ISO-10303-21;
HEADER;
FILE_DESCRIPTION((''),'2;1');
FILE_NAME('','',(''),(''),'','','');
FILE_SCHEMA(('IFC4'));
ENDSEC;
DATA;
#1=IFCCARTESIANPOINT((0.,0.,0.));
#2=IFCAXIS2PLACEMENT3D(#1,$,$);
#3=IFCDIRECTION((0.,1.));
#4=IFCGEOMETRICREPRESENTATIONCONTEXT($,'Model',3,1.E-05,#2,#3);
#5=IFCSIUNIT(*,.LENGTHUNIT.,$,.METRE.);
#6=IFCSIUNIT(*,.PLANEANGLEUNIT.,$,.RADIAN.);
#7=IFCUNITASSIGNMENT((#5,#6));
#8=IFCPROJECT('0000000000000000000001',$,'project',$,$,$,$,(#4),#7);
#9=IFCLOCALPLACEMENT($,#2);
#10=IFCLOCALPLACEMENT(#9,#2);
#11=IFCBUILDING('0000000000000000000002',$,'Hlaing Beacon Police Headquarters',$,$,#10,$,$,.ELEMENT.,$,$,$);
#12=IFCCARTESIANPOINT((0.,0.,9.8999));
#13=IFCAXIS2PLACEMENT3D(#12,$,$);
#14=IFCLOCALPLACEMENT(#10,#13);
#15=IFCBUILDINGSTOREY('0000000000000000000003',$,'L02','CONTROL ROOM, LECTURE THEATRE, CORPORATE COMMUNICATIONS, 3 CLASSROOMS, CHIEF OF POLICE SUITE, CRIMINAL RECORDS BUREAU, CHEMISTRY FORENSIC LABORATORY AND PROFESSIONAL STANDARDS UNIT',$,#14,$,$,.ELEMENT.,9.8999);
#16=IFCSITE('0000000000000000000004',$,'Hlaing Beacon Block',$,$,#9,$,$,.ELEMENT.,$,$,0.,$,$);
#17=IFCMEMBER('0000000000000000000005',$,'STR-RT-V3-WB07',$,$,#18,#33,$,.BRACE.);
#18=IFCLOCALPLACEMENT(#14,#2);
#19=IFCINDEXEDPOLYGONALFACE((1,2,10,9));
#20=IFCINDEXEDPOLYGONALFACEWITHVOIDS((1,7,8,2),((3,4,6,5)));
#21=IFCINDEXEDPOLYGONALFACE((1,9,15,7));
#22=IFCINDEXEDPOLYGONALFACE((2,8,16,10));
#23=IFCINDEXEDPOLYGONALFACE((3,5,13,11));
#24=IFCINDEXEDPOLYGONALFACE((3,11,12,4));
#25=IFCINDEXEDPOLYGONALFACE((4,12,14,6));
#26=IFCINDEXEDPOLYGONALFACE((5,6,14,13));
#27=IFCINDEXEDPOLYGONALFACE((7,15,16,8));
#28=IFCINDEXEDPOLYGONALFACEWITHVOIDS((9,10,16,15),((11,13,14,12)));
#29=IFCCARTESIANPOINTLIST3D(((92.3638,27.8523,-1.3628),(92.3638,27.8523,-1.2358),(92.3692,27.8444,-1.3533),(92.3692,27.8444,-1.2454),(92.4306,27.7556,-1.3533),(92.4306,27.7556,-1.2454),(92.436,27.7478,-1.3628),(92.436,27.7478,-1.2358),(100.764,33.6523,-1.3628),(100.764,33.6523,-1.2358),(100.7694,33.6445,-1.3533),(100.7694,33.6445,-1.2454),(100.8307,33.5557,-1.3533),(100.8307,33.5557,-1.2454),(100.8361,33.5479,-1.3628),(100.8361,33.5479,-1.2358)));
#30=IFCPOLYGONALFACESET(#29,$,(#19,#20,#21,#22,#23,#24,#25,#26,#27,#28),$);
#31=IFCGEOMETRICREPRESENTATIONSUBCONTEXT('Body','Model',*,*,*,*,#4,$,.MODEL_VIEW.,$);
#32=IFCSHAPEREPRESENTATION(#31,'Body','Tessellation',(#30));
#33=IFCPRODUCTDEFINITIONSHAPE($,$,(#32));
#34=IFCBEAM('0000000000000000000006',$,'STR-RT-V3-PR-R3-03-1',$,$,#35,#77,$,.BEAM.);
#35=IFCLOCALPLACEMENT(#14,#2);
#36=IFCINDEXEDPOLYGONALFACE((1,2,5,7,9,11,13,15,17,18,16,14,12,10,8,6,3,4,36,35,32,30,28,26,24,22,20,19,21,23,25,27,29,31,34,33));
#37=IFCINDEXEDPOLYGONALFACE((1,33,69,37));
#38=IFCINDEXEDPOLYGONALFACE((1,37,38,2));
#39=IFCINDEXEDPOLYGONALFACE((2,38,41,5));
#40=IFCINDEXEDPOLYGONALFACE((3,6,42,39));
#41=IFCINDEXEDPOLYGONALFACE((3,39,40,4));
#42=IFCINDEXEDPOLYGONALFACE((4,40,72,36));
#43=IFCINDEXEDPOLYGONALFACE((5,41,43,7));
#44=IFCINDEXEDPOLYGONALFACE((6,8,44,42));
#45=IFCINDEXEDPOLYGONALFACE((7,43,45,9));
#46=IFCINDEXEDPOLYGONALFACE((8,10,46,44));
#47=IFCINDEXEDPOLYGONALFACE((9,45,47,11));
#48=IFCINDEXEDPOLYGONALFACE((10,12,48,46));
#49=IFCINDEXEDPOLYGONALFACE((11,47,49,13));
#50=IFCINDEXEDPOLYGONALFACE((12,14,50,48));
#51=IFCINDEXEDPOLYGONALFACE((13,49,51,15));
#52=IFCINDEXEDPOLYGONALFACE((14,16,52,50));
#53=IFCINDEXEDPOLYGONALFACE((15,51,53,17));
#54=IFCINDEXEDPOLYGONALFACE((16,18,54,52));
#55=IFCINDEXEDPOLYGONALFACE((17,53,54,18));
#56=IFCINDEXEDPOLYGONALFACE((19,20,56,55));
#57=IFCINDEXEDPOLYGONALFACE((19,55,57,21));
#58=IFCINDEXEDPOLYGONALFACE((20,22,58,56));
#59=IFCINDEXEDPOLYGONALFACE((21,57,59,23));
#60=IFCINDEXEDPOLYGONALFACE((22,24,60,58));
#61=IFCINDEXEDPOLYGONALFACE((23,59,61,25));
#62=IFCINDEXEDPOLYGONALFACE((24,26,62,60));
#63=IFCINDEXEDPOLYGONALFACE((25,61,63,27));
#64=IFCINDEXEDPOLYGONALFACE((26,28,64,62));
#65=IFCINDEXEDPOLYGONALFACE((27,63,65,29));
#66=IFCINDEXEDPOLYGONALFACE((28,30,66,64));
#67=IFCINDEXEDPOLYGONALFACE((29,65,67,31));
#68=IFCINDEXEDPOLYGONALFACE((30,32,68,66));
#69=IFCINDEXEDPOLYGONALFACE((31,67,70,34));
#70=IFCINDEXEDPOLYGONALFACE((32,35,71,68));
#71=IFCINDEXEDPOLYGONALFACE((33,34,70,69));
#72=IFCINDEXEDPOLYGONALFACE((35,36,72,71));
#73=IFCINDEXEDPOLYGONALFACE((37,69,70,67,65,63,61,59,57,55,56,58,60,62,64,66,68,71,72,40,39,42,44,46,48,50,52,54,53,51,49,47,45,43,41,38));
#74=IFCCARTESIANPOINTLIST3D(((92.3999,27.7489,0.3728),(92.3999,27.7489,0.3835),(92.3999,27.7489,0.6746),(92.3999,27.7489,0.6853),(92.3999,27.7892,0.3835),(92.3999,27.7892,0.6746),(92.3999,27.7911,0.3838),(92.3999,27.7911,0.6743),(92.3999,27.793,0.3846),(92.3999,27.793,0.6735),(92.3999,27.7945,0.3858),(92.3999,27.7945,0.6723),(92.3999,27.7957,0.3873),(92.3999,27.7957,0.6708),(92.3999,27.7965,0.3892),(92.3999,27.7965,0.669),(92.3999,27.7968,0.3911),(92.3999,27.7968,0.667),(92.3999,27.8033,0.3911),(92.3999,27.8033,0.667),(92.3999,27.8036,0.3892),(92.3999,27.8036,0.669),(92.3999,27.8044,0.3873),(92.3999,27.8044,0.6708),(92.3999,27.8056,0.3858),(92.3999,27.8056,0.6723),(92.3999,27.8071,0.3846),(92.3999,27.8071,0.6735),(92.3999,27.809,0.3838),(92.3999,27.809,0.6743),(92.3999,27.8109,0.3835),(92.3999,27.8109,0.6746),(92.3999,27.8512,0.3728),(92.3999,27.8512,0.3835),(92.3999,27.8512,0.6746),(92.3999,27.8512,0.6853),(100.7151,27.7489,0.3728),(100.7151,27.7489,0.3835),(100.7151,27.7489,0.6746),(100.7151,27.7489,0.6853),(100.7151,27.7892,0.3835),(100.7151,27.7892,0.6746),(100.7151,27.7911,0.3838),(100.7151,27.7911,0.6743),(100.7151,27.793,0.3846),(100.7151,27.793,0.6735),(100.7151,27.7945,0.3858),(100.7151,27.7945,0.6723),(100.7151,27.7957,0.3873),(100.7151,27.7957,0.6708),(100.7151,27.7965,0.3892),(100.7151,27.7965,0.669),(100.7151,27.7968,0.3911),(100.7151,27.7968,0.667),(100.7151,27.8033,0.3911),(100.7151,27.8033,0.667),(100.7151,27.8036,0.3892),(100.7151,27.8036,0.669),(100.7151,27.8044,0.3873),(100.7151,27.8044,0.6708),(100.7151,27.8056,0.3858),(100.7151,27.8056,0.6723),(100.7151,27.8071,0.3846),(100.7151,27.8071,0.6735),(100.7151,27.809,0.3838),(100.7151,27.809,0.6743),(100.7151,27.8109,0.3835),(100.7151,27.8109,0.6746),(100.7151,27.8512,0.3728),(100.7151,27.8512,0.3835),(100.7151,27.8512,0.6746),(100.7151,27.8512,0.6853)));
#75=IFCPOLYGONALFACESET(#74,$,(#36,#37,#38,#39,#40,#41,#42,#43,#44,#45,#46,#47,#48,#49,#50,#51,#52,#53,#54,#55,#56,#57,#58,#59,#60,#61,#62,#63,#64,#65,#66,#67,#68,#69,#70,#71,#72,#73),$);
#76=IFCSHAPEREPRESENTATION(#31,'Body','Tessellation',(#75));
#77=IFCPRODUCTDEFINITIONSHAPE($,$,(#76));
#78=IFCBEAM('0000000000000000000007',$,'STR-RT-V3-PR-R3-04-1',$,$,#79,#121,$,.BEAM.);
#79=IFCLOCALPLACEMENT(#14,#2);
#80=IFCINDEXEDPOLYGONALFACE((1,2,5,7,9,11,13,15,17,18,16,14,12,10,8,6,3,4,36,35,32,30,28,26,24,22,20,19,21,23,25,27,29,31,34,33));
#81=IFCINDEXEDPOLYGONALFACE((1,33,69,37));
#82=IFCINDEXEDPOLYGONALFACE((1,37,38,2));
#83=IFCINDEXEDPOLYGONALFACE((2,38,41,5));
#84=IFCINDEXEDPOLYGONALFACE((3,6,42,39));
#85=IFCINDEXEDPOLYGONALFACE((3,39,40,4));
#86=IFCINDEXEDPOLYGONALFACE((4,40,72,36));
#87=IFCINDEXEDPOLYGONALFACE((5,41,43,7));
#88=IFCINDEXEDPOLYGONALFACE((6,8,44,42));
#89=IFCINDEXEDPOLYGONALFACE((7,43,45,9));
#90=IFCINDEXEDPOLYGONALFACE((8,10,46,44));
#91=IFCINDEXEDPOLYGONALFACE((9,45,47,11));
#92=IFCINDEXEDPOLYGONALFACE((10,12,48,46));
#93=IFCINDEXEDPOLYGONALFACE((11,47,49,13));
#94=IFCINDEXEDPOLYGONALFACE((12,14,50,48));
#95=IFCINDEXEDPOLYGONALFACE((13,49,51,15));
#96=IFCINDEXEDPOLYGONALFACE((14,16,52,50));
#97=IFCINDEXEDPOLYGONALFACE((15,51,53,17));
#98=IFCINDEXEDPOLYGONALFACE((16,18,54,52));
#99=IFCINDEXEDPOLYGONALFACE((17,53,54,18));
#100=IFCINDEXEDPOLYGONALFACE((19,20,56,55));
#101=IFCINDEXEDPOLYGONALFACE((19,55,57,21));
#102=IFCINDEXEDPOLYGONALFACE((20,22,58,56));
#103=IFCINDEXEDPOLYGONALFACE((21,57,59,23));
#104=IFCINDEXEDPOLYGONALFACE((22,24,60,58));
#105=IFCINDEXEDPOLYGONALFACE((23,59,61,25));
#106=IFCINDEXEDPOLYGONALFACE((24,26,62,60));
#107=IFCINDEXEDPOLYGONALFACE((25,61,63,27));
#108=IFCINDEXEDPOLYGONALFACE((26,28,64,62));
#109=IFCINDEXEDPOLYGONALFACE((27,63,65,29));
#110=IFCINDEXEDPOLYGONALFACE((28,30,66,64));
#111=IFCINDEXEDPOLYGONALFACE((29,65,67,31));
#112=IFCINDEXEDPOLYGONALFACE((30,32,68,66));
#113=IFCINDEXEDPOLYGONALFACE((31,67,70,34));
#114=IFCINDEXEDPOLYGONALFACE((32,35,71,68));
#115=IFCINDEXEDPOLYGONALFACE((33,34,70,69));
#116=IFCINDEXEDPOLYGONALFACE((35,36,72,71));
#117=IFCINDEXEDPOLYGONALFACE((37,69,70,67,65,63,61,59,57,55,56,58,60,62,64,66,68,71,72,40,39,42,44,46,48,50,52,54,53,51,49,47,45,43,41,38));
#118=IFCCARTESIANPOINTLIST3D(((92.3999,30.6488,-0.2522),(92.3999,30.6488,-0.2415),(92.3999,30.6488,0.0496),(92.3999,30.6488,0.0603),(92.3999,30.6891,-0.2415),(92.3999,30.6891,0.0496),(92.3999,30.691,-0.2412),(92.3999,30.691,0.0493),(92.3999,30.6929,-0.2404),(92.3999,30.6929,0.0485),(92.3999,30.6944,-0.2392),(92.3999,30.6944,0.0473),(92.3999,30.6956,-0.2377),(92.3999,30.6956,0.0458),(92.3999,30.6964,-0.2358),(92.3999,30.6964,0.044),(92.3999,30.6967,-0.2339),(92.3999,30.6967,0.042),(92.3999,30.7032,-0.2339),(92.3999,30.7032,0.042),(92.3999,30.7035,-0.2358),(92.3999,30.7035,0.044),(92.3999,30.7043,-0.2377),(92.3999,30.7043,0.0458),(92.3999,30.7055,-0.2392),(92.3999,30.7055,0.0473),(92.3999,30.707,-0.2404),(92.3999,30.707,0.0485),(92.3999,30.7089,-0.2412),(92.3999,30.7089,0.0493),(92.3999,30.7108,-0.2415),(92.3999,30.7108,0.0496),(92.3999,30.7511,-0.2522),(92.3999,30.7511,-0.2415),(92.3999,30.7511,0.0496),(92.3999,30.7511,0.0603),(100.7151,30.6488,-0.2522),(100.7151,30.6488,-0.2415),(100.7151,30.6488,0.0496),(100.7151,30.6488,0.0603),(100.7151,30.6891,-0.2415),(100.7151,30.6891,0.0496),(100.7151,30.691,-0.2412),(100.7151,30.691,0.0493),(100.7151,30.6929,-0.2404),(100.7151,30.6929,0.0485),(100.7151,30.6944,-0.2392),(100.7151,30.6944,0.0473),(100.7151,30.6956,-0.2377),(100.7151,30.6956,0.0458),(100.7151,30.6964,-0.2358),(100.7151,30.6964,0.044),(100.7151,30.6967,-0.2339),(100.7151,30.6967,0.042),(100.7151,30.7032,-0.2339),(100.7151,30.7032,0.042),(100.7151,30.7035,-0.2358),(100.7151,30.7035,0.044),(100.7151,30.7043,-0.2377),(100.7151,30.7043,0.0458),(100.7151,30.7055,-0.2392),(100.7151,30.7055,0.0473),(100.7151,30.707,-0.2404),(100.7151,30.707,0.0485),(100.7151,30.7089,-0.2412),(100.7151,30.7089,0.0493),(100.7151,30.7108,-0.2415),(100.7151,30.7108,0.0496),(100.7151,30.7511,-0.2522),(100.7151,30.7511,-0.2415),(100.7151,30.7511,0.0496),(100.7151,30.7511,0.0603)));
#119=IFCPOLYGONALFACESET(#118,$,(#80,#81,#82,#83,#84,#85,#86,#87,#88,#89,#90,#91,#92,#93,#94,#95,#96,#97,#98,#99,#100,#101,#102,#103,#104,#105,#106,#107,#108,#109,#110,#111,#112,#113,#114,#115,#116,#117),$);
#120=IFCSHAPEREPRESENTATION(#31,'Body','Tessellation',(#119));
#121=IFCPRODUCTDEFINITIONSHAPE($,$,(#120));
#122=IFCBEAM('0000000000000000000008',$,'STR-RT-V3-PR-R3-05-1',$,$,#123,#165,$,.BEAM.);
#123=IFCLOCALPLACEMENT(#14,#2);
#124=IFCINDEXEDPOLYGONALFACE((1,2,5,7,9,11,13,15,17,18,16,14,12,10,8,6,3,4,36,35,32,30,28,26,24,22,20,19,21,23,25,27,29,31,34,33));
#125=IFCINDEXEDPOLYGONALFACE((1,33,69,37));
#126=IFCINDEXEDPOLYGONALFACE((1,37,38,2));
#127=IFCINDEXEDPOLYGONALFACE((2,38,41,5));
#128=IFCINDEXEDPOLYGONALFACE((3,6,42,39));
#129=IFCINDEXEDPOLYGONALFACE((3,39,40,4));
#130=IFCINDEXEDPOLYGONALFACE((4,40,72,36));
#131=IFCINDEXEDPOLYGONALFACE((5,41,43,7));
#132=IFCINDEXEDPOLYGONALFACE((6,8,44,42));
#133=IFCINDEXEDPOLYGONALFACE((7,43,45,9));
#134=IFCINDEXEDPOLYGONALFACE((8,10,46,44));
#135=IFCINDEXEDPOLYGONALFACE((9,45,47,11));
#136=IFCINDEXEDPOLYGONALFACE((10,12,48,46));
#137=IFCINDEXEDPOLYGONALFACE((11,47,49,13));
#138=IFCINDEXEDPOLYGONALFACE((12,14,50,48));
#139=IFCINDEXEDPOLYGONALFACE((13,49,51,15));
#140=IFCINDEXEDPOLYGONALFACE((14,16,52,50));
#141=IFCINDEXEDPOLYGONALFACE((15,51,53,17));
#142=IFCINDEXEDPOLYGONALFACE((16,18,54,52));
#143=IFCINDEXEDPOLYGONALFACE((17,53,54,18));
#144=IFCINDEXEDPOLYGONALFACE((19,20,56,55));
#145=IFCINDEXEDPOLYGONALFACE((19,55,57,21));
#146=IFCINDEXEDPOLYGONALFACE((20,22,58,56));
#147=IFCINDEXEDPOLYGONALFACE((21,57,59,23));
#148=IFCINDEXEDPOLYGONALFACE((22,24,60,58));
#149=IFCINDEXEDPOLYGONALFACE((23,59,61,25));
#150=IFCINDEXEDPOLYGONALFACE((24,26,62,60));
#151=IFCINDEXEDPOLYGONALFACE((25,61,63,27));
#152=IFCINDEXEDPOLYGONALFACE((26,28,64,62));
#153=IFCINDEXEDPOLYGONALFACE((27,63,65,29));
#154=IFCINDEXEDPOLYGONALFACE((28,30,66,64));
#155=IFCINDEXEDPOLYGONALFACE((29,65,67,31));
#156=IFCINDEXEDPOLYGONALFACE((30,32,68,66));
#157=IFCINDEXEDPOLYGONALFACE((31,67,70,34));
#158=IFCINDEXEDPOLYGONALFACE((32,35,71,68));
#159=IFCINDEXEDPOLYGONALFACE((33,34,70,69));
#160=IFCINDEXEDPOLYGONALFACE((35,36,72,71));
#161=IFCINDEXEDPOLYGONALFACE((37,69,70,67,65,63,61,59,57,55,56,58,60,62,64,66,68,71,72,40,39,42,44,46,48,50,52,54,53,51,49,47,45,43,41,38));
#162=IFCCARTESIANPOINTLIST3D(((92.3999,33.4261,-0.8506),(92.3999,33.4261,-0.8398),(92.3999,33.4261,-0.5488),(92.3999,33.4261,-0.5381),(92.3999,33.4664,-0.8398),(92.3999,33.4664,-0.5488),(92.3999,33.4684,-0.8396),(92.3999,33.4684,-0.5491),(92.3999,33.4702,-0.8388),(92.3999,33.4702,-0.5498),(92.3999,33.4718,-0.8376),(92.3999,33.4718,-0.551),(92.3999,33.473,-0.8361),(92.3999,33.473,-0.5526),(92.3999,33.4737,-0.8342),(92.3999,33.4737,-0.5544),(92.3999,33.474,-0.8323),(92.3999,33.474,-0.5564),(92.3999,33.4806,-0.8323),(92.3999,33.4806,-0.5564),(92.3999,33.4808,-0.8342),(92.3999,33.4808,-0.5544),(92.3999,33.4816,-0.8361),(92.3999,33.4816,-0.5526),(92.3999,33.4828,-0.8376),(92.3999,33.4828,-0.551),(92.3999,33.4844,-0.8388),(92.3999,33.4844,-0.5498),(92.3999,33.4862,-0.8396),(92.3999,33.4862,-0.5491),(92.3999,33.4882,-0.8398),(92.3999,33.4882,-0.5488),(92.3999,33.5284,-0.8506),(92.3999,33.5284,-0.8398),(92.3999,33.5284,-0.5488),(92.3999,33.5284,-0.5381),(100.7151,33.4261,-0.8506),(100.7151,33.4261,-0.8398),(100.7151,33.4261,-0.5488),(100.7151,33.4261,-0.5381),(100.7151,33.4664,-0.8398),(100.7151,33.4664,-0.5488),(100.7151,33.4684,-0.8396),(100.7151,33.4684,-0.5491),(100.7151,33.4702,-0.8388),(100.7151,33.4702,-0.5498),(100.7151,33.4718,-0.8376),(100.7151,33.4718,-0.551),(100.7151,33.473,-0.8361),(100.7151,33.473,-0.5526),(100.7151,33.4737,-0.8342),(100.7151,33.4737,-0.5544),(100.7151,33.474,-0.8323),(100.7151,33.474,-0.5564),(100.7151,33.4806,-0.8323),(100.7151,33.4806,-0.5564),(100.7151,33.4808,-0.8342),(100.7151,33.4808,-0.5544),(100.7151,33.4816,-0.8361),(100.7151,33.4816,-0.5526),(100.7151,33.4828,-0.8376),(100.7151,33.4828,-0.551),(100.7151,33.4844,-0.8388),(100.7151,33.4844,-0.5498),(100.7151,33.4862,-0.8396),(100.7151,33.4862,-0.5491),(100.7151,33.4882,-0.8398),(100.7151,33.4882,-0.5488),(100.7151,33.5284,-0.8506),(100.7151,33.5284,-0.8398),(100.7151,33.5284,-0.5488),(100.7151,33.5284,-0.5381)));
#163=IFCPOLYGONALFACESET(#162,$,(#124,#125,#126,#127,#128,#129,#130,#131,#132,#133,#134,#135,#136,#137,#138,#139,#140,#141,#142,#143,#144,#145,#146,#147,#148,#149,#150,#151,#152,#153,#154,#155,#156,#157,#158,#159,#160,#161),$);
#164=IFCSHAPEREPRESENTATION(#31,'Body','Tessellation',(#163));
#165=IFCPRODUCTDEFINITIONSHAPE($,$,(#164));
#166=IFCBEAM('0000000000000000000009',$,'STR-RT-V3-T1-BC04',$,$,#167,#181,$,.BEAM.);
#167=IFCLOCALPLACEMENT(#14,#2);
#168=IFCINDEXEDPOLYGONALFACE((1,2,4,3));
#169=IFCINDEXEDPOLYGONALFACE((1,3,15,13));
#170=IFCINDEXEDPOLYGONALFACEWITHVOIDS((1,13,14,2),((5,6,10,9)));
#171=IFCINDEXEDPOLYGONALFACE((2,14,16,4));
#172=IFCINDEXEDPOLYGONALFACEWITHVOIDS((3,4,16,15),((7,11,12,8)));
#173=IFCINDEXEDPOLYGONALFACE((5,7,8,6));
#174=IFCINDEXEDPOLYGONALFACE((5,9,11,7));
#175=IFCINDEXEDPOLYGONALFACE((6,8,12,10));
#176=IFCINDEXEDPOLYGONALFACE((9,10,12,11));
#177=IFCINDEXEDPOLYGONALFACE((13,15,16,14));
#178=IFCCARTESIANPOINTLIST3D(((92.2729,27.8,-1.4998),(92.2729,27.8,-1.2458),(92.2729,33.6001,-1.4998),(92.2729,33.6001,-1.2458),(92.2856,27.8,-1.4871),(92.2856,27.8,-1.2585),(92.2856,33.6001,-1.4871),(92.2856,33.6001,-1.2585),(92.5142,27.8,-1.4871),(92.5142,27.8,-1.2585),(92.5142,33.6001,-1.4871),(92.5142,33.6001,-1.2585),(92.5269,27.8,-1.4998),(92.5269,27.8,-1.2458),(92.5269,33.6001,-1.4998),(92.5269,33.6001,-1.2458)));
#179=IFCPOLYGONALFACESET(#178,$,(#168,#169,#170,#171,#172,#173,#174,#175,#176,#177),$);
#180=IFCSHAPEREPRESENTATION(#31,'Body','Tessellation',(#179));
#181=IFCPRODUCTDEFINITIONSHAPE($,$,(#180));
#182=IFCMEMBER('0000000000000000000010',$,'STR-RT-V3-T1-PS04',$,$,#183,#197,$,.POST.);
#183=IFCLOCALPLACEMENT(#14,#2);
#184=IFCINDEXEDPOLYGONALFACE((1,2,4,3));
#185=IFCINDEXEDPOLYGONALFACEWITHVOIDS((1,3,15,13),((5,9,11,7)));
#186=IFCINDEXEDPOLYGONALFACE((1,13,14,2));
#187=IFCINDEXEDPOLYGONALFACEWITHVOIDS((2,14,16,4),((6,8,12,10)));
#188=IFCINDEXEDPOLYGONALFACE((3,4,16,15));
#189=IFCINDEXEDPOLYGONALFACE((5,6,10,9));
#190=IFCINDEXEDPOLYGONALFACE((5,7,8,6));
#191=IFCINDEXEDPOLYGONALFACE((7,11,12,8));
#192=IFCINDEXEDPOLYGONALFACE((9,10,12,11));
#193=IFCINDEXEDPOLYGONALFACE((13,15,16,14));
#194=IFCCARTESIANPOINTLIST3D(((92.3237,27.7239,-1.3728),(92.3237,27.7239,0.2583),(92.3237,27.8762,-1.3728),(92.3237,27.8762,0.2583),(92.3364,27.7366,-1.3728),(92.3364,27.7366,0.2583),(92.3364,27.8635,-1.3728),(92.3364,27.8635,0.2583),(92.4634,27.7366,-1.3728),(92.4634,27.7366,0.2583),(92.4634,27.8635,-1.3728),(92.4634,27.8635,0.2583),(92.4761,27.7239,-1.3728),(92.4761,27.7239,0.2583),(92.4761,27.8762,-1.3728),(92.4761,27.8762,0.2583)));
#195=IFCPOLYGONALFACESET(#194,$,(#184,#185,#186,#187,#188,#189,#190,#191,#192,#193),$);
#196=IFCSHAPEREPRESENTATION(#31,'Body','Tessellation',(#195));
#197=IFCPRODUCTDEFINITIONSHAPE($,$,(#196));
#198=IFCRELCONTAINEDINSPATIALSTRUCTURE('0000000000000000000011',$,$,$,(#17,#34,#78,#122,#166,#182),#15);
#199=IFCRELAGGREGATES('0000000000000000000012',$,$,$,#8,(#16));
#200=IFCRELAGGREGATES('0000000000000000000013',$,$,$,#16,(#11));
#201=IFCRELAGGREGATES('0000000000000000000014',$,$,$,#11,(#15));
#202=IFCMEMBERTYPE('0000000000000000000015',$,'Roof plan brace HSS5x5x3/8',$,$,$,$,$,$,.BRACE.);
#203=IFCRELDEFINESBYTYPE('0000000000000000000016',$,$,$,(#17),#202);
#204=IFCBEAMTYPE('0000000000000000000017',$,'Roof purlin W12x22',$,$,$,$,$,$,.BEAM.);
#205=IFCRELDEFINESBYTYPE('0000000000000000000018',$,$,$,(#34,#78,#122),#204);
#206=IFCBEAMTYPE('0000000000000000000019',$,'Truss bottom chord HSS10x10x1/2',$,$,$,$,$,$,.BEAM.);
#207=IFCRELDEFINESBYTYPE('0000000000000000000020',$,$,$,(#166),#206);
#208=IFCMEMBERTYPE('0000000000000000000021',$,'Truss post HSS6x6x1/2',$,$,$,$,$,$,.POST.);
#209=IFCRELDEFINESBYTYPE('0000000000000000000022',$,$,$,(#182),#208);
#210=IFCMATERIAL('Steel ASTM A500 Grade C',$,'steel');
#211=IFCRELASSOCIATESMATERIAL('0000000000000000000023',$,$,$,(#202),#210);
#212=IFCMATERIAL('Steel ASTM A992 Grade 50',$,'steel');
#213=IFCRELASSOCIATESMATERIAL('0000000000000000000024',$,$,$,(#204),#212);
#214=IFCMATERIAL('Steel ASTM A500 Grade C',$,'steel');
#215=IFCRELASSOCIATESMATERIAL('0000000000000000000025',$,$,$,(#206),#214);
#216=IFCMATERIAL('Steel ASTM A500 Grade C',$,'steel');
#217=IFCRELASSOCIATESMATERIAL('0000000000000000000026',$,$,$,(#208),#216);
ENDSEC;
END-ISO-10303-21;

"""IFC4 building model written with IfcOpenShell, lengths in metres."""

from ifc_helpers import new_model, si_unit, direction, frame, origin, origin_2d, place, context, subcontext, project, spatial, hollow_rectangle, i_section, extrude, material, material_profile, profile_set, type_object, element, save


model = new_model("IFC4")

# Units and contexts
model_context = context("Model", 3, precision=1e-05, world=origin(), true_north=direction((0.0, 1.0)))
body_context = subcontext(model_context, "Body", "Model", "MODEL_VIEW")
ifc_project = project(units=[si_unit("LENGTHUNIT", "METRE"), si_unit("PLANEANGLEUNIT", "RADIAN")], contexts=[model_context])

# Site, building, storey
site_placement = place(None, origin())
site = spatial("IfcSite", under=ifc_project, at=site_placement, Name="Hlaing Beacon Block", CompositionType="ELEMENT", RefElevation=0.0)
building_placement = place(site_placement, origin())
building = spatial("IfcBuilding", under=site, at=building_placement, Name="Hlaing Beacon Police Headquarters", CompositionType="ELEMENT")
storey_placement = place(building_placement, frame((0.0, 0.0, 9.8999)))
storey = spatial("IfcBuildingStorey", under=building, at=storey_placement, Name="L02", Description="CONTROL ROOM, LECTURE THEATRE, CORPORATE COMMUNICATIONS, 3 CLASSROOMS, CHIEF OF POLICE SUITE, CRIMINAL RECORDS BUREAU, CHEMISTRY FORENSIC LABORATORY AND PROFESSIONAL STANDARDS UNIT", CompositionType="ELEMENT", Elevation=9.8999)

# Member
ifc_material_1 = material(Name="Steel ASTM A500 Grade C", Category="steel")
ifc_material_profile_1 = material_profile(ifc_material_1, hollow_rectangle(XDim=0.127, YDim=0.127, WallThickness=0.0095, at=origin_2d()), Name="HSS5x5x3/8")
ifc_profile_set_1 = profile_set([ifc_material_profile_1], Name="Steel ASTM A500 Grade C")
member_type_1 = type_object("IfcMemberType", Name="Roof plan brace HSS5x5x3/8", PredefinedType="BRACE", material=ifc_profile_set_1)
member_1_placement = place(storey_placement, frame((92.3999, 27.8, -1.2993), z_axis=(0.822899, 0.568187, 0.0), x_axis=(-0.568187, 0.822899, 0.0)))
element("IfcMember", 1, at=member_1_placement, inside=storey, type_object=member_type_1, Name="STR-RT-V3-WB07", PredefinedType="BRACE", context=body_context, shape_type="SweptSolid", body=[
    extrude(hollow_rectangle(XDim=0.127, YDim=0.127, WallThickness=0.0095, at=origin_2d()), origin(), (0.0, 0.0, 1.0), 10.208),
])

# Beams
ifc_material_2 = material(Name="Steel ASTM A992 Grade 50", Category="steel")
ifc_material_profile_2 = material_profile(ifc_material_2, i_section(OverallWidth=0.1023, OverallDepth=0.3125, WebThickness=0.0066, FlangeThickness=0.0107, FilletRadius=0.0076, at=origin_2d()), Name="W12x22")
ifc_profile_set_2 = profile_set([ifc_material_profile_2], Name="Steel ASTM A992 Grade 50")
beam_type_1 = type_object("IfcBeamType", Name="Roof purlin W12x22", PredefinedType="BEAM", material=ifc_profile_set_2)
for number, where, z_axis, x_axis, name in (
    (2, (92.3999, 27.8, 0.5291), (1.0, 0.0, 0.0), (0.0, 1.0, 0.0), "STR-RT-V3-PR-R3-03-1"),
    (3, (92.3999, 30.7, -0.0959), (1.0, 0.0, 0.0), (0.0, 1.0, 0.0), "STR-RT-V3-PR-R3-04-1"),
    (4, (92.3999, 33.4773, -0.6943), (1.0, 0.0, 0.0), (0.0, 1.0, 0.0), "STR-RT-V3-PR-R3-05-1"),
):
    element("IfcBeam", number, at=place(storey_placement, frame(where, z_axis=z_axis, x_axis=x_axis)), inside=storey, type_object=beam_type_1, Name=name, PredefinedType="BEAM", context=body_context, shape_type="SweptSolid", body=[
        extrude(i_section(OverallWidth=0.1023, OverallDepth=0.3125, WebThickness=0.0066, FlangeThickness=0.0107, FilletRadius=0.0076, at=origin_2d()), origin(), (0.0, 0.0, 1.0), 8.3152),
    ])
ifc_material_3 = material(Name="Steel ASTM A500 Grade C", Category="steel")
ifc_material_profile_3 = material_profile(ifc_material_3, hollow_rectangle(XDim=0.2539, YDim=0.2539, WallThickness=0.0127, at=origin_2d()), Name="HSS10x10x1/2")
ifc_profile_set_3 = profile_set([ifc_material_profile_3], Name="Steel ASTM A500 Grade C")
beam_type_2 = type_object("IfcBeamType", Name="Truss bottom chord HSS10x10x1/2", PredefinedType="BEAM", material=ifc_profile_set_3)
beam_1_placement = place(storey_placement, frame((92.3999, 27.8, -1.3728), z_axis=(0.0, 1.0, 0.0), x_axis=(-1.0, 0.0, 0.0)))
element("IfcBeam", 5, at=beam_1_placement, inside=storey, type_object=beam_type_2, Name="STR-RT-V3-T1-BC04", PredefinedType="BEAM", context=body_context, shape_type="SweptSolid", body=[
    extrude(hollow_rectangle(XDim=0.2539, YDim=0.2539, WallThickness=0.0127, at=origin_2d()), origin(), (0.0, 0.0, 1.0), 5.8),
])

# Member
ifc_material_4 = material(Name="Steel ASTM A500 Grade C", Category="steel")
ifc_material_profile_4 = material_profile(ifc_material_4, hollow_rectangle(XDim=0.1523, YDim=0.1523, WallThickness=0.0127, at=origin_2d()), Name="HSS6x6x1/2")
ifc_profile_set_4 = profile_set([ifc_material_profile_4], Name="Steel ASTM A500 Grade C")
member_type_2 = type_object("IfcMemberType", Name="Truss post HSS6x6x1/2", PredefinedType="POST", material=ifc_profile_set_4)
member_2_placement = place(storey_placement, frame((92.3999, 27.8, -1.3728), z_axis=(0.0, 0.0, 1.0), x_axis=(1.0, 0.0, 0.0)))
element("IfcMember", 6, at=member_2_placement, inside=storey, type_object=member_type_2, Name="STR-RT-V3-T1-PS04", PredefinedType="POST", context=body_context, shape_type="SweptSolid", body=[
    extrude(hollow_rectangle(XDim=0.1523, YDim=0.1523, WallThickness=0.0127, at=origin_2d()), origin(), (0.0, 0.0, 1.0), 1.6311),
])

save(model, "model.ifc")
